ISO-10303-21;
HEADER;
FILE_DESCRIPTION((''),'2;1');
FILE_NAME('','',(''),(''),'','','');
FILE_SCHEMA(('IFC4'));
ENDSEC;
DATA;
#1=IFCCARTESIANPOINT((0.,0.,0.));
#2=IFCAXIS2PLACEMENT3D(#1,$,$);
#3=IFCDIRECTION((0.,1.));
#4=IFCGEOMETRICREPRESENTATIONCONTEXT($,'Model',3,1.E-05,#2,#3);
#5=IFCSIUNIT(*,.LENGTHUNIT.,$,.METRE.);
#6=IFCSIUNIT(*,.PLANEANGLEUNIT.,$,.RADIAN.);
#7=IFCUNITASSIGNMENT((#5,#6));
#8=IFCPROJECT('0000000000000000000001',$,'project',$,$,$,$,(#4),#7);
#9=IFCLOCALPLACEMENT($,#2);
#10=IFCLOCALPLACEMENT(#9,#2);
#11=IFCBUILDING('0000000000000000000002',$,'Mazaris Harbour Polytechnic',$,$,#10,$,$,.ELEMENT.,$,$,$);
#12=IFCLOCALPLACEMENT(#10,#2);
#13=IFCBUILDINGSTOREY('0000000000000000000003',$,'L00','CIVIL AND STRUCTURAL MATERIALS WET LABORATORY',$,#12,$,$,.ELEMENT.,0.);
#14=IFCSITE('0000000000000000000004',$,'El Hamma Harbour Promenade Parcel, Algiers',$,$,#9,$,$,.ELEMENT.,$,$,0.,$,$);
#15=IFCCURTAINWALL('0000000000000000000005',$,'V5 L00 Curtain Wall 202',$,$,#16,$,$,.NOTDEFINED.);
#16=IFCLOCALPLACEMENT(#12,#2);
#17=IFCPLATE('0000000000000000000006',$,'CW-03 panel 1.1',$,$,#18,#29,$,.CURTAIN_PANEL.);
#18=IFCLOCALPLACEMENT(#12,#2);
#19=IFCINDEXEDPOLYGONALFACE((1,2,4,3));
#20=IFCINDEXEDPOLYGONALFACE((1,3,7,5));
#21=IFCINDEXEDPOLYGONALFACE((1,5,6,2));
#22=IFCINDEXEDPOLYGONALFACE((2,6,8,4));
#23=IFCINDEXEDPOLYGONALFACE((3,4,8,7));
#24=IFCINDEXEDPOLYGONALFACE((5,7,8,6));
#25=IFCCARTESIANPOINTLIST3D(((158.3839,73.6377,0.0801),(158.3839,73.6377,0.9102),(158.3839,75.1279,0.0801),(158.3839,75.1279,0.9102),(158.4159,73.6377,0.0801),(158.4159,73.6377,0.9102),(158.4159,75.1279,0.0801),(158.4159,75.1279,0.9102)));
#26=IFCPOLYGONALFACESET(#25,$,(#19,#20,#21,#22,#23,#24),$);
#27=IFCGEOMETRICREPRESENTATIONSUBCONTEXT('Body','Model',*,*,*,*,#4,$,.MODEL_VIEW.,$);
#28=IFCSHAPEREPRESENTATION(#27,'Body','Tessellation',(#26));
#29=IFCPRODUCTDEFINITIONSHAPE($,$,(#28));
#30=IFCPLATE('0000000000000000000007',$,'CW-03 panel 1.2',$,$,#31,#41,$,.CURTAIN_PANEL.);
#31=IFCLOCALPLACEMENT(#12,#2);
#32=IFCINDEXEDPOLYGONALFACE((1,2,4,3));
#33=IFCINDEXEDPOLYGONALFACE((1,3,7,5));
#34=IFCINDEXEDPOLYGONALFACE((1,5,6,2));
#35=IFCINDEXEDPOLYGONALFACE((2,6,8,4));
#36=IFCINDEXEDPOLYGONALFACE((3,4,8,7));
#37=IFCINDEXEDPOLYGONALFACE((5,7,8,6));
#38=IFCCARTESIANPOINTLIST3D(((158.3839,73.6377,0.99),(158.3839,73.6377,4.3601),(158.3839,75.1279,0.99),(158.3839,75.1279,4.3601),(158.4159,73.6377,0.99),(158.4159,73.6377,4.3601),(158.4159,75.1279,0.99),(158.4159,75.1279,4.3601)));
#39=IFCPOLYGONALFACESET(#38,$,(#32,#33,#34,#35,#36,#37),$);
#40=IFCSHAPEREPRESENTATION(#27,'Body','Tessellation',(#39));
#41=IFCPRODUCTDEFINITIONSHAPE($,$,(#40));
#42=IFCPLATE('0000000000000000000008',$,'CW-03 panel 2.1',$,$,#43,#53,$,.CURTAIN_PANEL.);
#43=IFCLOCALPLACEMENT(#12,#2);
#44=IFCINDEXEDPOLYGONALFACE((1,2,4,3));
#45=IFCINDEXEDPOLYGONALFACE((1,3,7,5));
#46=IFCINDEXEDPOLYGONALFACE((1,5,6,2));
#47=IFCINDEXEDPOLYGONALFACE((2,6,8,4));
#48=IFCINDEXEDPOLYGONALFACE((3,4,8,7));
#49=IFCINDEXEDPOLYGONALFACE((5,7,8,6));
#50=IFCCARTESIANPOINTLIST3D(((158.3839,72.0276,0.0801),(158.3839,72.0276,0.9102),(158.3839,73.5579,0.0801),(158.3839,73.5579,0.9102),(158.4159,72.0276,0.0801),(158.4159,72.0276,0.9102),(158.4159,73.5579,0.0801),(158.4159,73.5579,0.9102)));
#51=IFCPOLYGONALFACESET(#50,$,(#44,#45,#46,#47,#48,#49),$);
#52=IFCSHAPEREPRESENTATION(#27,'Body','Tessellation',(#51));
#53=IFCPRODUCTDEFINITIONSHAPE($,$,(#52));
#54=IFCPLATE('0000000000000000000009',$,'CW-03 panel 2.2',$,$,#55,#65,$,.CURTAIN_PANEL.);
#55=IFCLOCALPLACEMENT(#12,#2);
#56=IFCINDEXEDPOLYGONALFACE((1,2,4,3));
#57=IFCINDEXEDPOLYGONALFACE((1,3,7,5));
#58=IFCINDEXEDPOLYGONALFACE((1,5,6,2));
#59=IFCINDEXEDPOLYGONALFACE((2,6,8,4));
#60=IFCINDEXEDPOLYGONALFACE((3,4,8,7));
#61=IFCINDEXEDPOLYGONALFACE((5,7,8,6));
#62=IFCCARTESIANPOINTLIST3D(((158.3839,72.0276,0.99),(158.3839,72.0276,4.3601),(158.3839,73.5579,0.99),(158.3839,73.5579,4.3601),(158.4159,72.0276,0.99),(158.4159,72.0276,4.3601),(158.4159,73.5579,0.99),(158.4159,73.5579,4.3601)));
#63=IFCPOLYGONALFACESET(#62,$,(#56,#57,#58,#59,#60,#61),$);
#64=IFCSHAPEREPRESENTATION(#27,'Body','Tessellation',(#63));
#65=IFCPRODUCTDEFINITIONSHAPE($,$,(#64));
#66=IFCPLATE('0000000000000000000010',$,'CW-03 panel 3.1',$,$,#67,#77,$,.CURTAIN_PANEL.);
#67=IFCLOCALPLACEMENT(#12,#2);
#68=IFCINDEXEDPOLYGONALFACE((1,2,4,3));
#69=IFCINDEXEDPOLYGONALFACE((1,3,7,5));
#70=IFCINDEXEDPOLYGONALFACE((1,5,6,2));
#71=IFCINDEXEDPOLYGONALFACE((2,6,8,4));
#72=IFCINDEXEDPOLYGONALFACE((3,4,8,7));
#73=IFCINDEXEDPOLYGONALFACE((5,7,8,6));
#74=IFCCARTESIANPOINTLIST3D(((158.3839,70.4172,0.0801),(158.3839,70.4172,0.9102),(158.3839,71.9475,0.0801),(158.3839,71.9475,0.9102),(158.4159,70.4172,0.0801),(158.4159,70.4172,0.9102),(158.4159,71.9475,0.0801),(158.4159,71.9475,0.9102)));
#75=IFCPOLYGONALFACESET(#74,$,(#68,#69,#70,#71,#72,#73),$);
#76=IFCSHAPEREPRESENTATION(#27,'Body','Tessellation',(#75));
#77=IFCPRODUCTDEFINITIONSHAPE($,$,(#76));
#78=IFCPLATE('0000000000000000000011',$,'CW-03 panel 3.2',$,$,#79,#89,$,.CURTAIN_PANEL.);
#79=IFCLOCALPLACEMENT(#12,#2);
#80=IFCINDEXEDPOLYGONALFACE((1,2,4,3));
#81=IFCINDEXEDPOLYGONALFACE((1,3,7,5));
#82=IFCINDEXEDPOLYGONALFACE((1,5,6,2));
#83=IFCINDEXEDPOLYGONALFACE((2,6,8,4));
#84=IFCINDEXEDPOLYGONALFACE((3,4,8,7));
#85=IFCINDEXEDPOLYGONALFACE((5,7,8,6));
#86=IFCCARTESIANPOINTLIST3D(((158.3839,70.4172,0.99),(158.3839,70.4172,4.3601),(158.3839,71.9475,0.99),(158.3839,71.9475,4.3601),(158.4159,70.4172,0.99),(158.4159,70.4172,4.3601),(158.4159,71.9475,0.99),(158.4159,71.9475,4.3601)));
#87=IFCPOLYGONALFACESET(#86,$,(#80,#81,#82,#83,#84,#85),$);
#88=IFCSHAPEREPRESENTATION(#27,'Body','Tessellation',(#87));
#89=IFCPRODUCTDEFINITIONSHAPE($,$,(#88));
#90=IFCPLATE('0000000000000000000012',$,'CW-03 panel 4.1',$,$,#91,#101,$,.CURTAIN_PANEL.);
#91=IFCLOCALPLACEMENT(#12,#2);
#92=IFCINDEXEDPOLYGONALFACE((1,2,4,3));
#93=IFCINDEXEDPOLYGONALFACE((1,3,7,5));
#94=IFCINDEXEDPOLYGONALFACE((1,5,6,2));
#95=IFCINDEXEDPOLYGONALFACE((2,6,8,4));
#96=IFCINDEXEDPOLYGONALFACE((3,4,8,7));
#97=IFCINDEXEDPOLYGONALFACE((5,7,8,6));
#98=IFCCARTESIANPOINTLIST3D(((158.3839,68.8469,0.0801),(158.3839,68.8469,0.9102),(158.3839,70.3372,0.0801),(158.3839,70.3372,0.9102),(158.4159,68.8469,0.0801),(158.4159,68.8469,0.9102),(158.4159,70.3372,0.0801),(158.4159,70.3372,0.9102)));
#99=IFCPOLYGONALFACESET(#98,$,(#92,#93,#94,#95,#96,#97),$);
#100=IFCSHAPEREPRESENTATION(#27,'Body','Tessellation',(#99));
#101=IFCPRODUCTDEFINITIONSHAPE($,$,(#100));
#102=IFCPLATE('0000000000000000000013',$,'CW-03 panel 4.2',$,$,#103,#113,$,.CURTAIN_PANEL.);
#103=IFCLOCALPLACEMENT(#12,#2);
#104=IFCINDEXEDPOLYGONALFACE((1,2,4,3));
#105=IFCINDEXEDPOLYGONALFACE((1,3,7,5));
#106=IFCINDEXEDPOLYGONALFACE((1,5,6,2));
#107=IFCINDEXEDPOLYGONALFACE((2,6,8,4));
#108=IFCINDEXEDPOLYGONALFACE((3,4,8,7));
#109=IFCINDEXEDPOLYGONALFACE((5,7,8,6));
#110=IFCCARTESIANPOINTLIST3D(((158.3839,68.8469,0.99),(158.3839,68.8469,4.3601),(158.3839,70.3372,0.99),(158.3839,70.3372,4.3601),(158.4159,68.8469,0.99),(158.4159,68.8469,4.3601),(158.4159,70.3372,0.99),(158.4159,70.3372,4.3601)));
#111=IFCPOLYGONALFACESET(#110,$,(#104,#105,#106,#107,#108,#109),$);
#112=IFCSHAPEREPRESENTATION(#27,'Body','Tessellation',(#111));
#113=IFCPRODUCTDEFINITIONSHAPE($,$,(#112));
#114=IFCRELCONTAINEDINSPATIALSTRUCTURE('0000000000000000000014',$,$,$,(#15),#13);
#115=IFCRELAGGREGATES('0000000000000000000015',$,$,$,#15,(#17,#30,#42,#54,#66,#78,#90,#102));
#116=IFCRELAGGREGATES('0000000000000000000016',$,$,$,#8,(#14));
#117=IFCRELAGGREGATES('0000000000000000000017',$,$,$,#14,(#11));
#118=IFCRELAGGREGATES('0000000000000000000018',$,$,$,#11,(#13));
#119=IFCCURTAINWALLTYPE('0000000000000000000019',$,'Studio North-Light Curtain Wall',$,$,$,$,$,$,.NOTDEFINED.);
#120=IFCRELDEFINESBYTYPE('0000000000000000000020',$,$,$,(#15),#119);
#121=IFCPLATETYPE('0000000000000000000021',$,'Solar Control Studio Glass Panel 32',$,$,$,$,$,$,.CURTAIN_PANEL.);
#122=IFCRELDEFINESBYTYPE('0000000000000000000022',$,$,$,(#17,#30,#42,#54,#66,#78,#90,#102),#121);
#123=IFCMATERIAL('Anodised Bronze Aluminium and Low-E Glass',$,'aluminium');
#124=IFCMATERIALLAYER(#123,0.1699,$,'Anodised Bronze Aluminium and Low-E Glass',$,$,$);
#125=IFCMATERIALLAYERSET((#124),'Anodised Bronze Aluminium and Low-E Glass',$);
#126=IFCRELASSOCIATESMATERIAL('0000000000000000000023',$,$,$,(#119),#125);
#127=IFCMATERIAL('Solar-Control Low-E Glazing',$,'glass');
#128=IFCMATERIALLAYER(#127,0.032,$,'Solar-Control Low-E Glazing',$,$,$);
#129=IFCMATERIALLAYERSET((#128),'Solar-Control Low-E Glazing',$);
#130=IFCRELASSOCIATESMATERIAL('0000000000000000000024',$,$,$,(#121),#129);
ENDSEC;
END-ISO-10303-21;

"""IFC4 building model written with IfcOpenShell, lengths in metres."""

from ifc_helpers import new_model, si_unit, direction, frame, origin, origin_2d, place, context, subcontext, project, spatial, rectangle, extrude, material, layer, layer_set, type_object, element, aggregate, save


model = new_model("IFC4")

# Units and contexts
model_context = context("Model", 3, precision=1e-05, world=origin(), true_north=direction((0.0, 1.0)))
body_context = subcontext(model_context, "Body", "Model", "MODEL_VIEW")
ifc_project = project(units=[si_unit("LENGTHUNIT", "METRE"), si_unit("PLANEANGLEUNIT", "RADIAN")], contexts=[model_context])

# Site, building, storey
site_placement = place(None, origin())
site = spatial("IfcSite", under=ifc_project, at=site_placement, Name="El Hamma Harbour Promenade Parcel, Algiers", CompositionType="ELEMENT", RefElevation=0.0)
building_placement = place(site_placement, origin())
building = spatial("IfcBuilding", under=site, at=building_placement, Name="Mazaris Harbour Polytechnic", CompositionType="ELEMENT")
storey_placement = place(building_placement, origin())
storey = spatial("IfcBuildingStorey", under=building, at=storey_placement, Name="L00", Description="CIVIL AND STRUCTURAL MATERIALS WET LABORATORY", CompositionType="ELEMENT", Elevation=0.0)

# Curtain wall
ifc_material_1 = material(Name="Anodised Bronze Aluminium and Low-E Glass", Category="aluminium")
ifc_layer_1 = layer(ifc_material_1, 0.1699, Name="Anodised Bronze Aluminium and Low-E Glass")
ifc_layer_set_1 = layer_set([ifc_layer_1], Name="Anodised Bronze Aluminium and Low-E Glass")
curtain_wall_type = type_object("IfcCurtainWallType", Name="Studio North-Light Curtain Wall", PredefinedType="NOTDEFINED", material=ifc_layer_set_1)
curtain_wall_placement = place(storey_placement, origin())
curtain_wall = element("IfcCurtainWall", 1, at=curtain_wall_placement, inside=storey, type_object=curtain_wall_type, Name="V5 L00 Curtain Wall 202", PredefinedType="NOTDEFINED")

# Plates
ifc_material_2 = material(Name="Solar-Control Low-E Glazing", Category="glass")
ifc_layer_2 = layer(ifc_material_2, 0.032, Name="Solar-Control Low-E Glazing")
ifc_layer_set_2 = layer_set([ifc_layer_2], Name="Solar-Control Low-E Glazing")
plate_type = type_object("IfcPlateType", Name="Solar Control Studio Glass Panel 32", PredefinedType="CURTAIN_PANEL", material=ifc_layer_set_2)
plate_1_placement = place(storey_placement, frame((158.3999, 74.3828, 0.0801), z_axis=(0.0, 0.0, 1.0), x_axis=(0.0, -1.0, 0.0)))
plate_1 = element("IfcPlate", 2, at=plate_1_placement, type_object=plate_type, Name="CW-03 panel 1.1", PredefinedType="CURTAIN_PANEL", context=body_context, shape_type="SweptSolid", body=[
    extrude(rectangle(XDim=1.4902, YDim=0.032, at=origin_2d()), origin(), (0.0, 0.0, 1.0), 0.8301),
])
plate_2_placement = place(storey_placement, frame((158.3999, 74.3828, 0.99), z_axis=(0.0, 0.0, 1.0), x_axis=(0.0, -1.0, 0.0)))
plate_2 = element("IfcPlate", 3, at=plate_2_placement, type_object=plate_type, Name="CW-03 panel 1.2", PredefinedType="CURTAIN_PANEL", context=body_context, shape_type="SweptSolid", body=[
    extrude(rectangle(XDim=1.4902, YDim=0.032, at=origin_2d()), origin(), (0.0, 0.0, 1.0), 3.3701),
])
plate_3_placement = place(storey_placement, frame((158.3999, 72.7927, 0.0801), z_axis=(0.0, 0.0, 1.0), x_axis=(0.0, -1.0, 0.0)))
plate_3 = element("IfcPlate", 4, at=plate_3_placement, type_object=plate_type, Name="CW-03 panel 2.1", PredefinedType="CURTAIN_PANEL", context=body_context, shape_type="SweptSolid", body=[
    extrude(rectangle(XDim=1.5303, YDim=0.032, at=origin_2d()), origin(), (0.0, 0.0, 1.0), 0.8301),
])
plate_4_placement = place(storey_placement, frame((158.3999, 72.7927, 0.99), z_axis=(0.0, 0.0, 1.0), x_axis=(0.0, -1.0, 0.0)))
plate_4 = element("IfcPlate", 5, at=plate_4_placement, type_object=plate_type, Name="CW-03 panel 2.2", PredefinedType="CURTAIN_PANEL", context=body_context, shape_type="SweptSolid", body=[
    extrude(rectangle(XDim=1.5303, YDim=0.032, at=origin_2d()), origin(), (0.0, 0.0, 1.0), 3.3701),
])
plate_5_placement = place(storey_placement, frame((158.3999, 71.1824, 0.0801), z_axis=(0.0, 0.0, 1.0), x_axis=(0.0, -1.0, 0.0)))
plate_5 = element("IfcPlate", 6, at=plate_5_placement, type_object=plate_type, Name="CW-03 panel 3.1", PredefinedType="CURTAIN_PANEL", context=body_context, shape_type="SweptSolid", body=[
    extrude(rectangle(XDim=1.5303, YDim=0.032, at=origin_2d()), origin(), (0.0, 0.0, 1.0), 0.8301),
])
plate_6_placement = place(storey_placement, frame((158.3999, 71.1824, 0.99), z_axis=(0.0, 0.0, 1.0), x_axis=(0.0, -1.0, 0.0)))
plate_6 = element("IfcPlate", 7, at=plate_6_placement, type_object=plate_type, Name="CW-03 panel 3.2", PredefinedType="CURTAIN_PANEL", context=body_context, shape_type="SweptSolid", body=[
    extrude(rectangle(XDim=1.5303, YDim=0.032, at=origin_2d()), origin(), (0.0, 0.0, 1.0), 3.3701),
])
plate_7_placement = place(storey_placement, frame((158.3999, 69.592, 0.0801), z_axis=(0.0, 0.0, 1.0), x_axis=(0.0, -1.0, 0.0)))
plate_7 = element("IfcPlate", 8, at=plate_7_placement, type_object=plate_type, Name="CW-03 panel 4.1", PredefinedType="CURTAIN_PANEL", context=body_context, shape_type="SweptSolid", body=[
    extrude(rectangle(XDim=1.4902, YDim=0.032, at=origin_2d()), origin(), (0.0, 0.0, 1.0), 0.8301),
])
plate_8_placement = place(storey_placement, frame((158.3999, 69.592, 0.99), z_axis=(0.0, 0.0, 1.0), x_axis=(0.0, -1.0, 0.0)))
plate_8 = element("IfcPlate", 9, at=plate_8_placement, type_object=plate_type, Name="CW-03 panel 4.2", PredefinedType="CURTAIN_PANEL", context=body_context, shape_type="SweptSolid", body=[
    extrude(rectangle(XDim=1.4902, YDim=0.032, at=origin_2d()), origin(), (0.0, 0.0, 1.0), 3.3701),
])
aggregate(curtain_wall, [plate_1, plate_2, plate_3, plate_4, plate_5, plate_6, plate_7, plate_8])

save(model, "model.ifc")
